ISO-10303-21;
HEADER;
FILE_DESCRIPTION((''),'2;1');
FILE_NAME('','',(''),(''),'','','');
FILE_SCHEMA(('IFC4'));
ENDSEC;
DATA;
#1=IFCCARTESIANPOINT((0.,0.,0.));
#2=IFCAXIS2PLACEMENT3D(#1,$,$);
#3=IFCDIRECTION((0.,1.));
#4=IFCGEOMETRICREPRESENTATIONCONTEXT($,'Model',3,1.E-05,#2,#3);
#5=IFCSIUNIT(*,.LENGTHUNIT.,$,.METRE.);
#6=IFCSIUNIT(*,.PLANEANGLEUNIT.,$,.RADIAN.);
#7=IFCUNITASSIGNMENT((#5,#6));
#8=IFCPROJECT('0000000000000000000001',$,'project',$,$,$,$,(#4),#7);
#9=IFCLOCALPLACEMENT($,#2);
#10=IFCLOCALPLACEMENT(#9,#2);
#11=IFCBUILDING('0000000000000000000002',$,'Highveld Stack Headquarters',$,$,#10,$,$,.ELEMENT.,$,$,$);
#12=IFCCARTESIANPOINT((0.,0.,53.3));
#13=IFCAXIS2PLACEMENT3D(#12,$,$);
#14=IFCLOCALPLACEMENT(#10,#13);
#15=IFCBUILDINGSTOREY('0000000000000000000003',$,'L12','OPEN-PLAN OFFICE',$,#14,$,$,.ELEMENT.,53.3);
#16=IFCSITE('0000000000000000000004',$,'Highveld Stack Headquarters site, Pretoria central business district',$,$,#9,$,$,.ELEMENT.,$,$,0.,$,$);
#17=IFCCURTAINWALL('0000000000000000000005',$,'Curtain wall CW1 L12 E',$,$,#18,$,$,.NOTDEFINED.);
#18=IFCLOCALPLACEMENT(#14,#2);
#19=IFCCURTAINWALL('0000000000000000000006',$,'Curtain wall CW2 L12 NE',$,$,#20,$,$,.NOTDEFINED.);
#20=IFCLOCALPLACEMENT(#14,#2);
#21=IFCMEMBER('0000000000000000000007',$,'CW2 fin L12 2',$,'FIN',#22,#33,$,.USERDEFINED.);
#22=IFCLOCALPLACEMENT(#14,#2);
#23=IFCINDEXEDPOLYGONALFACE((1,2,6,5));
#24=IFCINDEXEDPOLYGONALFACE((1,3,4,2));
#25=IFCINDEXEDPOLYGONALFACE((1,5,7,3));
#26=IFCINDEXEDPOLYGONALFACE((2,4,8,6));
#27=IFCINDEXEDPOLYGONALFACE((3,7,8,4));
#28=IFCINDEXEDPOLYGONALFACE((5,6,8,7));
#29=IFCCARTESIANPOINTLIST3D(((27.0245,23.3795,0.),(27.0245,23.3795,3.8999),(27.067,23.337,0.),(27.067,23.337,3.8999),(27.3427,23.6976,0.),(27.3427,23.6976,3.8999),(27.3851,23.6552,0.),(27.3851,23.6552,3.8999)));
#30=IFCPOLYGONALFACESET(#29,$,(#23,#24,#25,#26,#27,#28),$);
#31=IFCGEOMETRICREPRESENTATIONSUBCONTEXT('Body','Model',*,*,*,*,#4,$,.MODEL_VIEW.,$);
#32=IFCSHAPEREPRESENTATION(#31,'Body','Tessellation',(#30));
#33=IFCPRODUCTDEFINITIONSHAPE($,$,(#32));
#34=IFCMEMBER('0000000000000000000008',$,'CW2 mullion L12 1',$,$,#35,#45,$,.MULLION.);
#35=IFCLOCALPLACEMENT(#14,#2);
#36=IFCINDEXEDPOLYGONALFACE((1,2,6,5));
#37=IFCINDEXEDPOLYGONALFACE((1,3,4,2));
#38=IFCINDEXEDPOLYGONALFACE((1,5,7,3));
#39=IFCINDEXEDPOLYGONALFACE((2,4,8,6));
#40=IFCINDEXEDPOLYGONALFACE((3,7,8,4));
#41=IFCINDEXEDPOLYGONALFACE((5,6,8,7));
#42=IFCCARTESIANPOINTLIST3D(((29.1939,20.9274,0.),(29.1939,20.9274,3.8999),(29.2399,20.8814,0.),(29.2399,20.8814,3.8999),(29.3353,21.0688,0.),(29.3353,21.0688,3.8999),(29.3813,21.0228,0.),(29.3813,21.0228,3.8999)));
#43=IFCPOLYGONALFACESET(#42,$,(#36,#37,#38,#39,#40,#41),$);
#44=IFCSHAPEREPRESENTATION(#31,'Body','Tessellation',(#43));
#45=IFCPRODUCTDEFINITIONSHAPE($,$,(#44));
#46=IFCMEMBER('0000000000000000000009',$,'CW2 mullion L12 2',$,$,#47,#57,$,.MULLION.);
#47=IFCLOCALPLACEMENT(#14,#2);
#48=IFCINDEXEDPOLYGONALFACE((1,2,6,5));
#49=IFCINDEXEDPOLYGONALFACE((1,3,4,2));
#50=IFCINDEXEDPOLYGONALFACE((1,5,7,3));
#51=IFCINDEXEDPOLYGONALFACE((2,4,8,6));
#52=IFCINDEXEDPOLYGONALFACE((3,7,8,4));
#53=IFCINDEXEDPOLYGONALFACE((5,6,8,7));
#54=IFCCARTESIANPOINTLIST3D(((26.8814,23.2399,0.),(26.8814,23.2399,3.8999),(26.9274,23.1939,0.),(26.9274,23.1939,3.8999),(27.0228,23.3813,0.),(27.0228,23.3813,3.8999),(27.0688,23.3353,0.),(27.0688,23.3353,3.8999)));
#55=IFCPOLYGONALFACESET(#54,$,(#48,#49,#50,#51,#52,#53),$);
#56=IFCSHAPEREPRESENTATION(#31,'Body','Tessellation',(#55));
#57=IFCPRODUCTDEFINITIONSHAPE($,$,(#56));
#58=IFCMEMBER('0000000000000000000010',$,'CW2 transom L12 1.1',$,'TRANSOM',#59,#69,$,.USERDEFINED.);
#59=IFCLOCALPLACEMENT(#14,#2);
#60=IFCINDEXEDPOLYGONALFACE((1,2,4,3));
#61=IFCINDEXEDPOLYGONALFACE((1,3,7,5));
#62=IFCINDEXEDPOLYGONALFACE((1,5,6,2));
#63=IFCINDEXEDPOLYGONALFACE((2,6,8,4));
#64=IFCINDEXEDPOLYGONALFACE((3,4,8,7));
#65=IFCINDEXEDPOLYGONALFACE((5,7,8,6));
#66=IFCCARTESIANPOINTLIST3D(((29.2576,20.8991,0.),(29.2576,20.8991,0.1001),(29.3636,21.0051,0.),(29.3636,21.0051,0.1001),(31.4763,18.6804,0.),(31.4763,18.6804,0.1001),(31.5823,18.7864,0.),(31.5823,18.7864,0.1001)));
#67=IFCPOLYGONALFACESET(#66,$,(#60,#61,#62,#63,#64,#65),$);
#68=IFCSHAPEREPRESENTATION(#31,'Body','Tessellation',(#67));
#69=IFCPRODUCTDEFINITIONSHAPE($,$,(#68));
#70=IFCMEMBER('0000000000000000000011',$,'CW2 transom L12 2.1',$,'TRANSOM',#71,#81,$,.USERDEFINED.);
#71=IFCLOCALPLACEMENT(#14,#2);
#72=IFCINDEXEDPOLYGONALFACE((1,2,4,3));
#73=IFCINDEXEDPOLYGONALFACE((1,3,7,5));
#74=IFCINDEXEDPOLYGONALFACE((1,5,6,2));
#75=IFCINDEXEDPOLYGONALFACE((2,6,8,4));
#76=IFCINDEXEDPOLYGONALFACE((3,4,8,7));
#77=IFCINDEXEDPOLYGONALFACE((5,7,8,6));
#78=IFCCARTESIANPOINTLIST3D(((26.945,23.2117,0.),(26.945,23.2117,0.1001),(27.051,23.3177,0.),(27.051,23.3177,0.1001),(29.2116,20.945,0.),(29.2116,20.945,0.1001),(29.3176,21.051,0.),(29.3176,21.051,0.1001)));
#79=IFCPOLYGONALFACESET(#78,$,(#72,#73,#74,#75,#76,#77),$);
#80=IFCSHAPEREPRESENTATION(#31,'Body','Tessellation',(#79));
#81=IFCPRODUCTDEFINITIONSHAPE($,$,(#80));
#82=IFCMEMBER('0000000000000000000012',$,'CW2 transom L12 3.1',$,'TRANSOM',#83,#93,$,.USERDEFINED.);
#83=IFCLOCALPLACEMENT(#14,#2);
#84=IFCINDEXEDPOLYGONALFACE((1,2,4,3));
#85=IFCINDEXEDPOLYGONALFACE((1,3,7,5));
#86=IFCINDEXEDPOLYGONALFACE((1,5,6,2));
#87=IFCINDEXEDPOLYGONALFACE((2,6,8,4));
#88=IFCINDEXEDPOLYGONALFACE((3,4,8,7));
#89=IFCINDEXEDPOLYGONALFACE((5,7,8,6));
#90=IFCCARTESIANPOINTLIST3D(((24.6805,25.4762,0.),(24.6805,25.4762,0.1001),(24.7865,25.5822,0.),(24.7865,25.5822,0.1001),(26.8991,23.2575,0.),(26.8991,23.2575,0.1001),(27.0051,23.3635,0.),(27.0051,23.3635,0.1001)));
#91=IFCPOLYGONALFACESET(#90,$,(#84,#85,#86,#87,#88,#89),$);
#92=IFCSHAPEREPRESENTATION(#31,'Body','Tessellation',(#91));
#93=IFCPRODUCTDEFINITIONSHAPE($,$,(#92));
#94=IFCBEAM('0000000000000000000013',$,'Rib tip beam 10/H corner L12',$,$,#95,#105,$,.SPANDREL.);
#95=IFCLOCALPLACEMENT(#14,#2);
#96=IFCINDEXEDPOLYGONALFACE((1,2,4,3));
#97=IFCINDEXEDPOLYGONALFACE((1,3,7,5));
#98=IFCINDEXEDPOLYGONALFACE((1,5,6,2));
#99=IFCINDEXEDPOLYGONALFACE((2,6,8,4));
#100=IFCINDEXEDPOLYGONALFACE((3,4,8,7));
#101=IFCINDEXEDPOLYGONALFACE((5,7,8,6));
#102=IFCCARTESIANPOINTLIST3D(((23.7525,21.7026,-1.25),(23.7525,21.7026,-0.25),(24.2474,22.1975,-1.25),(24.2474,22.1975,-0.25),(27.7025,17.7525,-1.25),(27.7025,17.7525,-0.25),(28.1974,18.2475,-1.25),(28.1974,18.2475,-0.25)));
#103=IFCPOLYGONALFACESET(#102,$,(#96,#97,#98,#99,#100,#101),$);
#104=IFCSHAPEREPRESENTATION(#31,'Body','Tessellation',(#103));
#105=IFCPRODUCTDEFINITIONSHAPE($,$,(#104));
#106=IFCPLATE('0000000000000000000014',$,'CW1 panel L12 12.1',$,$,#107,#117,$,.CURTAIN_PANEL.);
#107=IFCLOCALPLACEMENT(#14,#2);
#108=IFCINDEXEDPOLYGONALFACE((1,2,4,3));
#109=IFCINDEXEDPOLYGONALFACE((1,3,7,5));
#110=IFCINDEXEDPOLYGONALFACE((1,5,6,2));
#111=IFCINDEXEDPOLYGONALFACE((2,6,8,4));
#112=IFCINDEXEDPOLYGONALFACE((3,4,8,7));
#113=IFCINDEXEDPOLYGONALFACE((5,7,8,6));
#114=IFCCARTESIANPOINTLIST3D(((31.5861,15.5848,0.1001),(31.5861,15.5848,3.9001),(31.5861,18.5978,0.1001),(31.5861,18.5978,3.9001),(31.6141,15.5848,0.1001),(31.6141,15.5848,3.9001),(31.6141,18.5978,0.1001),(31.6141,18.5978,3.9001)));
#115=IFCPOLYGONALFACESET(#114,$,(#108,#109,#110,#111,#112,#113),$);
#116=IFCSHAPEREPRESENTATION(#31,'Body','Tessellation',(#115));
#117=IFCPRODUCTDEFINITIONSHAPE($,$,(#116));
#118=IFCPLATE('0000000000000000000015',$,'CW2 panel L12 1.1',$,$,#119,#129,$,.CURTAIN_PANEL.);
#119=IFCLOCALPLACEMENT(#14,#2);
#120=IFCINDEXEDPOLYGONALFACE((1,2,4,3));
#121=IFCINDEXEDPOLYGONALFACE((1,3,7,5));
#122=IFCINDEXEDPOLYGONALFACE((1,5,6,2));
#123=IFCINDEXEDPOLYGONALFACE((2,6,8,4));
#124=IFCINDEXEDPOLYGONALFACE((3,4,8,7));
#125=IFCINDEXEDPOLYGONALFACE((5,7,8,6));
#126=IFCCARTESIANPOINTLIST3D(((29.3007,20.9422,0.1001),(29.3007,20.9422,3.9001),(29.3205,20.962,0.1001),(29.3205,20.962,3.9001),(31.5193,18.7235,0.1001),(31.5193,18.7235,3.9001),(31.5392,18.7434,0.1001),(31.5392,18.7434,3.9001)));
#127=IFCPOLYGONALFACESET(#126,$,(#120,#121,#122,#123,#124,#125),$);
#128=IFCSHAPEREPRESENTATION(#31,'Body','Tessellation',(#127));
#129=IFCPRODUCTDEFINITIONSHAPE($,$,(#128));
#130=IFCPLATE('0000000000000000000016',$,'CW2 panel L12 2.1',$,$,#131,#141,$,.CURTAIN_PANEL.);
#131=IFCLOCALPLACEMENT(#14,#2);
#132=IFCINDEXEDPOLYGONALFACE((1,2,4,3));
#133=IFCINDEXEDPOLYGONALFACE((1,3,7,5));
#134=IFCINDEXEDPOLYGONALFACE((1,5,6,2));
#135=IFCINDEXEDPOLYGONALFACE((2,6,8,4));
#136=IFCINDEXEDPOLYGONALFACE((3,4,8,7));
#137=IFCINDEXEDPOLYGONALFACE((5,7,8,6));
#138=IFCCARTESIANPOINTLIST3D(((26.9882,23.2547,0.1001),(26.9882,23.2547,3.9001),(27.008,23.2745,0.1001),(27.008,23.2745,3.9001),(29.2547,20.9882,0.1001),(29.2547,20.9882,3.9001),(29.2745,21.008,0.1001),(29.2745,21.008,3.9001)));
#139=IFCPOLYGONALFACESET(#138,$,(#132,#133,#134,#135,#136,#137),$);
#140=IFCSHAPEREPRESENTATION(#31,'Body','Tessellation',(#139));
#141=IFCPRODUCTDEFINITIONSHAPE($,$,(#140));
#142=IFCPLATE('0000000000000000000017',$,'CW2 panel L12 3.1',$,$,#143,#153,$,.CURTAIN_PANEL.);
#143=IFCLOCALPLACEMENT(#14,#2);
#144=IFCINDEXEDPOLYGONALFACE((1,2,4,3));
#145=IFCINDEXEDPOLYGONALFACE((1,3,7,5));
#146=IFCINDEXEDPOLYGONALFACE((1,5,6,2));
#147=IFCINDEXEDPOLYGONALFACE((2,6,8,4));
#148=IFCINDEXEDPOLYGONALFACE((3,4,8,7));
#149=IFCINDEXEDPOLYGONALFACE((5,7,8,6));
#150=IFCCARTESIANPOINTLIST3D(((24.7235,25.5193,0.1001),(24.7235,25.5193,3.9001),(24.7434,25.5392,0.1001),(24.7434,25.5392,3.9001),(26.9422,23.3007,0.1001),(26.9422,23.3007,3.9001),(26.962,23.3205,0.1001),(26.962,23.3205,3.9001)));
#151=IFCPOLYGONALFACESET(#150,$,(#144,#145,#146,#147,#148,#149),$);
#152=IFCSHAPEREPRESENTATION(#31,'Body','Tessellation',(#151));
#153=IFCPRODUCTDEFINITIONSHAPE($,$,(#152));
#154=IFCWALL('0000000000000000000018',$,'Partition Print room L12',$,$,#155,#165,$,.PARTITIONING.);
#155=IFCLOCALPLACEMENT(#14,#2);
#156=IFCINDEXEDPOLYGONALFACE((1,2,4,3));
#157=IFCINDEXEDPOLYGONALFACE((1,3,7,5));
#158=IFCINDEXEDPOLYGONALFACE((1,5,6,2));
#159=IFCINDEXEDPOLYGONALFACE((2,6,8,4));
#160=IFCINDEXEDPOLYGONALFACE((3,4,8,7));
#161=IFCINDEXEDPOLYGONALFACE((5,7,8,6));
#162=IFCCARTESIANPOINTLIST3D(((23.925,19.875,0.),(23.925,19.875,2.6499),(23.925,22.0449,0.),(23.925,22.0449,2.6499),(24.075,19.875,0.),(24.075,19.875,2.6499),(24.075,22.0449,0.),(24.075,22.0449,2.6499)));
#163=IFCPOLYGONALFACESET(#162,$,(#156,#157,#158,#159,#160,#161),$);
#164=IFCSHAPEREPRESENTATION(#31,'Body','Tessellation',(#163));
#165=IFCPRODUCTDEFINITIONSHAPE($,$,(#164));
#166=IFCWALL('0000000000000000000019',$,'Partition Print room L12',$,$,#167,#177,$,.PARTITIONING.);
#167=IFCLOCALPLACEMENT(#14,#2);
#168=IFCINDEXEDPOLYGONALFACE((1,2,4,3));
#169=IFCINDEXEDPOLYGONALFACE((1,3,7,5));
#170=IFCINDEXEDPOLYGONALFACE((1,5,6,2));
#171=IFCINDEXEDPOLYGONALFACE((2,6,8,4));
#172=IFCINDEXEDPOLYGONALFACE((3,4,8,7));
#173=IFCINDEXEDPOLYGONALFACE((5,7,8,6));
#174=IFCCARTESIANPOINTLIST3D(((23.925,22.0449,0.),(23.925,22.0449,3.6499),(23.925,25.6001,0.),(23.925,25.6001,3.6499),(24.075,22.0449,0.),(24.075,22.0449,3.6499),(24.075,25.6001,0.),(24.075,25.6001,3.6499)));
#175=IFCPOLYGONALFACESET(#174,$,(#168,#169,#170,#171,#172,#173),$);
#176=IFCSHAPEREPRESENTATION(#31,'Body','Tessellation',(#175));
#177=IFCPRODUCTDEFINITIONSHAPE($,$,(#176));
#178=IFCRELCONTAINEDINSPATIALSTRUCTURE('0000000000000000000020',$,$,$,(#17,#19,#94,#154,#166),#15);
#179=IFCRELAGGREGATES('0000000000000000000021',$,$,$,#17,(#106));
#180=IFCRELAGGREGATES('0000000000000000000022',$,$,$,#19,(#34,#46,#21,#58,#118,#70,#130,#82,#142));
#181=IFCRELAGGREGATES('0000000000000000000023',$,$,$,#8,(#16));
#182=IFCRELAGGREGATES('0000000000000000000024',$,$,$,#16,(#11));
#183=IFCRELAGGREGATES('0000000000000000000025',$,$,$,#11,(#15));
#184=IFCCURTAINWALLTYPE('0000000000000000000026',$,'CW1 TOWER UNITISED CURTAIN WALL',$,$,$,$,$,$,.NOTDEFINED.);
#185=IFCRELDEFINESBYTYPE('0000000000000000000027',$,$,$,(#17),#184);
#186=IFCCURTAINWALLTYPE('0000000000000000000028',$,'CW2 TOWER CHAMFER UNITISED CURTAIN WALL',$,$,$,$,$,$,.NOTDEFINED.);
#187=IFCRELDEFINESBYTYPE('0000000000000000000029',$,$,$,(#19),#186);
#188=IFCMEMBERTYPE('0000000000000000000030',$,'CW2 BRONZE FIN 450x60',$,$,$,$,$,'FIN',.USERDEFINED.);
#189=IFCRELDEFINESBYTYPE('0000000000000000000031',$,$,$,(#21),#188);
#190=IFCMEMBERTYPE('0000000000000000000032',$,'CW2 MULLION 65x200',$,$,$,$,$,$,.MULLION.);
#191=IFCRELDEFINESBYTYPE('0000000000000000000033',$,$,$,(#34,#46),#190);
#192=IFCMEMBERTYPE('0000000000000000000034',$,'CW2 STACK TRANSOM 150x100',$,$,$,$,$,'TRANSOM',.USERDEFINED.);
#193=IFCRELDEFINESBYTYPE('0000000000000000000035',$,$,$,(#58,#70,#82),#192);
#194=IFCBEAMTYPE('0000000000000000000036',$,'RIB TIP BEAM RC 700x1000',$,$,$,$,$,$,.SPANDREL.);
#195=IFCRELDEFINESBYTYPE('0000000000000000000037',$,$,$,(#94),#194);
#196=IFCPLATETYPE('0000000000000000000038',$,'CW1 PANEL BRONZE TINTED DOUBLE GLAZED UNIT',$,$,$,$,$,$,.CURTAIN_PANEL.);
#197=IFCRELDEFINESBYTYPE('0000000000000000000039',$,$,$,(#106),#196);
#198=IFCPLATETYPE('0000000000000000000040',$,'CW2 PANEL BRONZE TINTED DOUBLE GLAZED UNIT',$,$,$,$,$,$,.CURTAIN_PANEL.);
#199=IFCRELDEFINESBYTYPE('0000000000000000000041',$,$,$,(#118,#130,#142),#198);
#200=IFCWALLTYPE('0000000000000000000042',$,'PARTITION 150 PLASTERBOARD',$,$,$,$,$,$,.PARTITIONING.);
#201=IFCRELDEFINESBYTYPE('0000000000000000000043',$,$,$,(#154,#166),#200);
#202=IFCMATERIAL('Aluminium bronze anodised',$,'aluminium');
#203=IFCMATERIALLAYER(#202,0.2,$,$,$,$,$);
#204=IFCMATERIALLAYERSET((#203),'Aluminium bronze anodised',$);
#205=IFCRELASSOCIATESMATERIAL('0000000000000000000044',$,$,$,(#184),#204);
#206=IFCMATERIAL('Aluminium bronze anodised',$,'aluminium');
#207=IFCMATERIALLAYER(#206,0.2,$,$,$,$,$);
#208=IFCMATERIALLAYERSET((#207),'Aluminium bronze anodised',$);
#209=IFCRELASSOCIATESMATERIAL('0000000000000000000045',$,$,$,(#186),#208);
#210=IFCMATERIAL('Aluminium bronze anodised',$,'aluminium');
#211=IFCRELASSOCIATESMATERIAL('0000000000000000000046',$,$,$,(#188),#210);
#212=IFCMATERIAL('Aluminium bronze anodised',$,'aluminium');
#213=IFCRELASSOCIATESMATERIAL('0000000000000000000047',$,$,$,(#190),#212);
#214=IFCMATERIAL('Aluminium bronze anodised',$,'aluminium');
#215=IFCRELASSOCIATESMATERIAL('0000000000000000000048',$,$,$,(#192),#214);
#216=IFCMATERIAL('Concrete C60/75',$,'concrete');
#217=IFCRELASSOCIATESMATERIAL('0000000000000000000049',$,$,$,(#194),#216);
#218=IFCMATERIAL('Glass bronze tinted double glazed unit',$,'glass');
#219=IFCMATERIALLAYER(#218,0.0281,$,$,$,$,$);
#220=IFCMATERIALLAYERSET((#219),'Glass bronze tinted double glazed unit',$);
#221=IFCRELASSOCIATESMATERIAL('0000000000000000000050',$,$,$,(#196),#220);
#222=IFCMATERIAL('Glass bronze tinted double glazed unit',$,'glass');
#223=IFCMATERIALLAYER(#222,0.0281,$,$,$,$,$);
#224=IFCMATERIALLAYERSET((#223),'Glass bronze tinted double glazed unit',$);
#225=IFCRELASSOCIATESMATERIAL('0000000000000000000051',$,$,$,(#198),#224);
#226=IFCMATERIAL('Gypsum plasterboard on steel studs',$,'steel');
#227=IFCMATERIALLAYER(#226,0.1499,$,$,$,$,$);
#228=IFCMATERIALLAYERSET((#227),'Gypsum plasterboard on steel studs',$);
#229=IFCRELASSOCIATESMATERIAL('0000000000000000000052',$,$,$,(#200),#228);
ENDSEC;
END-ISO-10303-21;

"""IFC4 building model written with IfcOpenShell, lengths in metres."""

from ifc_helpers import new_model, si_unit, direction, frame, frame_2d, origin, origin_2d, place, context, subcontext, project, spatial, rectangle, extrude, material, layer, layer_set, material_profile, profile_set, type_object, element, aggregate, save


model = new_model("IFC4")

# Units and contexts
model_context = context("Model", 3, precision=1e-05, world=origin(), true_north=direction((0.0, 1.0)))
body_context = subcontext(model_context, "Body", "Model", "MODEL_VIEW")
ifc_project = project(units=[si_unit("LENGTHUNIT", "METRE"), si_unit("PLANEANGLEUNIT", "RADIAN")], contexts=[model_context])

# Site, building, storey
site_placement = place(None, origin())
site = spatial("IfcSite", under=ifc_project, at=site_placement, Name="Highveld Stack Headquarters site, Pretoria central business district", CompositionType="ELEMENT", RefElevation=0.0)
building_placement = place(site_placement, origin())
building = spatial("IfcBuilding", under=site, at=building_placement, Name="Highveld Stack Headquarters", CompositionType="ELEMENT")
storey_placement = place(building_placement, frame((0.0, 0.0, 53.3)))
storey = spatial("IfcBuildingStorey", under=building, at=storey_placement, Name="L12", Description="OPEN-PLAN OFFICE", CompositionType="ELEMENT", Elevation=53.3)

# Curtain wall
ifc_material_1 = material(Name="Aluminium bronze anodised", Category="aluminium")
ifc_layer_1 = layer(ifc_material_1, 0.2)
ifc_layer_set_1 = layer_set([ifc_layer_1], Name="Aluminium bronze anodised")
curtain_wall_type_1 = type_object("IfcCurtainWallType", Name="CW1 TOWER UNITISED CURTAIN WALL", PredefinedType="NOTDEFINED", material=ifc_layer_set_1)
curtain_wall_1_placement = place(storey_placement, origin())
curtain_wall_1 = element("IfcCurtainWall", 1, at=curtain_wall_1_placement, inside=storey, type_object=curtain_wall_type_1, Name="Curtain wall CW1 L12 E", PredefinedType="NOTDEFINED")

# Curtain wall, members
ifc_material_2 = material(Name="Aluminium bronze anodised", Category="aluminium")
ifc_layer_2 = layer(ifc_material_2, 0.2)
ifc_layer_set_2 = layer_set([ifc_layer_2], Name="Aluminium bronze anodised")
curtain_wall_type_2 = type_object("IfcCurtainWallType", Name="CW2 TOWER CHAMFER UNITISED CURTAIN WALL", PredefinedType="NOTDEFINED", material=ifc_layer_set_2)
curtain_wall_2_placement = place(storey_placement, origin())
curtain_wall_2 = element("IfcCurtainWall", 2, at=curtain_wall_2_placement, inside=storey, type_object=curtain_wall_type_2, Name="Curtain wall CW2 L12 NE", PredefinedType="NOTDEFINED")
ifc_material_3 = material(Name="Aluminium bronze anodised", Category="aluminium")
ifc_material_profile_1 = material_profile(ifc_material_3, rectangle(XDim=0.45, YDim=0.0601, at=origin_2d()), Name="FIN 450x60")
ifc_profile_set_1 = profile_set([ifc_material_profile_1], Name="Aluminium bronze anodised")
member_type_1 = type_object("IfcMemberType", Name="CW2 BRONZE FIN 450x60", ElementType="FIN", PredefinedType="USERDEFINED", material=ifc_profile_set_1)
member_1_placement = place(storey_placement, frame((27.2048, 23.5173, 0.0), z_axis=(0.0, 0.0, 1.0), x_axis=(-0.707107, -0.707107, 0.0)))
member_1 = element("IfcMember", 3, at=member_1_placement, type_object=member_type_1, Name="CW2 fin L12 2", ObjectType="FIN", PredefinedType="USERDEFINED", context=body_context, shape_type="SweptSolid", body=[
    extrude(rectangle(XDim=0.45, YDim=0.0601, at=origin_2d()), origin(), (0.0, 0.0, 1.0), 3.8999),
])
ifc_material_4 = material(Name="Aluminium bronze anodised", Category="aluminium")
ifc_material_profile_2 = material_profile(ifc_material_4, rectangle(XDim=0.2, YDim=0.0649, at=origin_2d()), Name="CW2 MULLION 65x200")
ifc_profile_set_2 = profile_set([ifc_material_profile_2], Name="Aluminium bronze anodised")
member_type_2 = type_object("IfcMemberType", Name="CW2 MULLION 65x200", PredefinedType="MULLION", material=ifc_profile_set_2)
member_2_placement = place(storey_placement, frame((29.2876, 20.9751, 0.0), z_axis=(0.0, 0.0, 1.0), x_axis=(-0.707107, -0.707107, 0.0)))
member_2 = element("IfcMember", 4, at=member_2_placement, type_object=member_type_2, Name="CW2 mullion L12 1", PredefinedType="MULLION", context=body_context, shape_type="SweptSolid", body=[
    extrude(rectangle(XDim=0.2, YDim=0.0649, at=origin_2d()), origin(), (0.0, 0.0, 1.0), 3.8999),
])
member_3_placement = place(storey_placement, frame((26.9751, 23.2876, 0.0), z_axis=(0.0, 0.0, 1.0), x_axis=(-0.707107, -0.707107, 0.0)))
member_3 = element("IfcMember", 5, at=member_3_placement, type_object=member_type_2, Name="CW2 mullion L12 2", PredefinedType="MULLION", context=body_context, shape_type="SweptSolid", body=[
    extrude(rectangle(XDim=0.2, YDim=0.0649, at=origin_2d()), origin(), (0.0, 0.0, 1.0), 3.8999),
])
ifc_material_5 = material(Name="Aluminium bronze anodised", Category="aluminium")
ifc_material_profile_3 = material_profile(ifc_material_5, rectangle(XDim=0.1499, YDim=0.1001, at=origin_2d()), Name="CW2 TRANSOM 150x100")
ifc_profile_set_3 = profile_set([ifc_material_profile_3], Name="Aluminium bronze anodised")
member_type_3 = type_object("IfcMemberType", Name="CW2 STACK TRANSOM 150x100", ElementType="TRANSOM", PredefinedType="USERDEFINED", material=ifc_profile_set_3)
member_4_placement = place(storey_placement, frame((31.5293, 18.7334, 0.05), z_axis=(-0.707107, 0.707107, 0.0), x_axis=(-0.707107, -0.707107, 0.0)))
member_4 = element("IfcMember", 6, at=member_4_placement, type_object=member_type_3, Name="CW2 transom L12 1.1", ObjectType="TRANSOM", PredefinedType="USERDEFINED", context=body_context, shape_type="SweptSolid", body=[
    extrude(rectangle(XDim=0.1499, YDim=0.1001, at=origin_2d()), origin(), (0.0, 0.0, 1.0), 3.1377),
])
member_5_placement = place(storey_placement, frame((29.2646, 20.998, 0.05), z_axis=(-0.707107, 0.707107, 0.0), x_axis=(-0.707107, -0.707107, 0.0)))
member_5 = element("IfcMember", 7, at=member_5_placement, type_object=member_type_3, Name="CW2 transom L12 2.1", ObjectType="TRANSOM", PredefinedType="USERDEFINED", context=body_context, shape_type="SweptSolid", body=[
    extrude(rectangle(XDim=0.1499, YDim=0.1001, at=origin_2d()), origin(), (0.0, 0.0, 1.0), 3.2056),
])
member_6_placement = place(storey_placement, frame((26.9521, 23.3105, 0.05), z_axis=(-0.707107, 0.707107, 0.0), x_axis=(-0.707107, -0.707107, 0.0)))
member_6 = element("IfcMember", 8, at=member_6_placement, type_object=member_type_3, Name="CW2 transom L12 3.1", ObjectType="TRANSOM", PredefinedType="USERDEFINED", context=body_context, shape_type="SweptSolid", body=[
    extrude(rectangle(XDim=0.1499, YDim=0.1001, at=origin_2d()), origin(), (0.0, 0.0, 1.0), 3.1377),
])

# Beam
ifc_material_6 = material(Name="Concrete C60/75", Category="concrete")
ifc_material_profile_4 = material_profile(ifc_material_6, rectangle(XDim=0.7, YDim=1.0, at=origin_2d()), Name="RC 700x1000")
ifc_profile_set_4 = profile_set([ifc_material_profile_4], Name="Concrete C60/75")
beam_type_1 = type_object("IfcBeamType", Name="RIB TIP BEAM RC 700x1000", PredefinedType="SPANDREL", material=ifc_profile_set_4)
beam_1_placement = place(storey_placement, frame((27.95, 18.0, -0.75), z_axis=(-0.707107, 0.707107, 0.0), x_axis=(-0.707107, -0.707107, 0.0)))
element("IfcBeam", 9, at=beam_1_placement, inside=storey, type_object=beam_type_1, Name="Rib tip beam 10/H corner L12", PredefinedType="SPANDREL", context=body_context, shape_type="SweptSolid", body=[
    extrude(rectangle(XDim=0.7, YDim=1.0, at=origin_2d()), origin(), (0.0, 0.0, 1.0), 5.5862),
])

# Plates
ifc_material_7 = material(Name="Glass bronze tinted double glazed unit", Category="glass")
ifc_layer_3 = layer(ifc_material_7, 0.0281)
ifc_layer_set_3 = layer_set([ifc_layer_3], Name="Glass bronze tinted double glazed unit")
plate_type_1 = type_object("IfcPlateType", Name="CW1 PANEL BRONZE TINTED DOUBLE GLAZED UNIT", PredefinedType="CURTAIN_PANEL", material=ifc_layer_set_3)
plate_1_placement = place(storey_placement, frame((31.6001, 17.0913, 0.1001), z_axis=(0.0, 0.0, 1.0), x_axis=(0.0, 1.0, 0.0)))
plate_1 = element("IfcPlate", 10, at=plate_1_placement, type_object=plate_type_1, Name="CW1 panel L12 12.1", PredefinedType="CURTAIN_PANEL", context=body_context, shape_type="SweptSolid", body=[
    extrude(rectangle(XDim=3.0129, YDim=0.0281, at=origin_2d()), origin(), (0.0, 0.0, 1.0), 3.8),
])
aggregate(curtain_wall_1, [plate_1])
ifc_material_8 = material(Name="Glass bronze tinted double glazed unit", Category="glass")
ifc_layer_4 = layer(ifc_material_8, 0.0281)
ifc_layer_set_4 = layer_set([ifc_layer_4], Name="Glass bronze tinted double glazed unit")
plate_type_2 = type_object("IfcPlateType", Name="CW2 PANEL BRONZE TINTED DOUBLE GLAZED UNIT", PredefinedType="CURTAIN_PANEL", material=ifc_layer_set_4)
plate_2_placement = place(storey_placement, frame((30.4199, 19.8428, 0.1001), z_axis=(0.0, 0.0, 1.0), x_axis=(-0.707107, 0.707107, 0.0)))
plate_2 = element("IfcPlate", 11, at=plate_2_placement, type_object=plate_type_2, Name="CW2 panel L12 1.1", PredefinedType="CURTAIN_PANEL", context=body_context, shape_type="SweptSolid", body=[
    extrude(rectangle(XDim=3.1377, YDim=0.0281, at=origin_2d()), origin(), (0.0, 0.0, 1.0), 3.8),
])
plate_3_placement = place(storey_placement, frame((28.1313, 22.1313, 0.1001), z_axis=(0.0, 0.0, 1.0), x_axis=(-0.707107, 0.707107, 0.0)))
plate_3 = element("IfcPlate", 12, at=plate_3_placement, type_object=plate_type_2, Name="CW2 panel L12 2.1", PredefinedType="CURTAIN_PANEL", context=body_context, shape_type="SweptSolid", body=[
    extrude(rectangle(XDim=3.2053, YDim=0.0281, at=origin_2d()), origin(), (0.0, 0.0, 1.0), 3.8),
])
plate_4_placement = place(storey_placement, frame((25.8428, 24.4199, 0.1001), z_axis=(0.0, 0.0, 1.0), x_axis=(-0.707107, 0.707107, 0.0)))
plate_4 = element("IfcPlate", 13, at=plate_4_placement, type_object=plate_type_2, Name="CW2 panel L12 3.1", PredefinedType="CURTAIN_PANEL", context=body_context, shape_type="SweptSolid", body=[
    extrude(rectangle(XDim=3.1377, YDim=0.0281, at=origin_2d()), origin(), (0.0, 0.0, 1.0), 3.8),
])
aggregate(curtain_wall_2, [member_2, member_3, member_1, member_4, plate_2, member_5, plate_3, member_6, plate_4])

# Walls
ifc_material_9 = material(Name="Gypsum plasterboard on steel studs", Category="steel")
ifc_layer_5 = layer(ifc_material_9, 0.1499)
ifc_layer_set_5 = layer_set([ifc_layer_5], Name="Gypsum plasterboard on steel studs")
wall_type = type_object("IfcWallType", Name="PARTITION 150 PLASTERBOARD", PredefinedType="PARTITIONING", material=ifc_layer_set_5)
wall_1_placement = place(storey_placement, frame((24.0, 19.875, 0.0), z_axis=(0.0, 0.0, 1.0), x_axis=(0.0, 1.0, 0.0)))
element("IfcWall", 14, at=wall_1_placement, inside=storey, type_object=wall_type, Name="Partition Print room L12", PredefinedType="PARTITIONING", context=body_context, shape_type="SweptSolid", body=[
    extrude(rectangle(XDim=2.1699, YDim=0.1499, at=frame_2d((1.085, 0.0))), origin(), (0.0, 0.0, 1.0), 2.6499),
])
wall_2_placement = place(storey_placement, frame((24.0, 22.0449, 0.0), z_axis=(0.0, 0.0, 1.0), x_axis=(0.0, 1.0, 0.0)))
element("IfcWall", 15, at=wall_2_placement, inside=storey, type_object=wall_type, Name="Partition Print room L12", PredefinedType="PARTITIONING", context=body_context, shape_type="SweptSolid", body=[
    extrude(rectangle(XDim=3.5552, YDim=0.1499, at=frame_2d((1.7776, 0.0))), origin(), (0.0, 0.0, 1.0), 3.6499),
])

save(model, "model.ifc")
